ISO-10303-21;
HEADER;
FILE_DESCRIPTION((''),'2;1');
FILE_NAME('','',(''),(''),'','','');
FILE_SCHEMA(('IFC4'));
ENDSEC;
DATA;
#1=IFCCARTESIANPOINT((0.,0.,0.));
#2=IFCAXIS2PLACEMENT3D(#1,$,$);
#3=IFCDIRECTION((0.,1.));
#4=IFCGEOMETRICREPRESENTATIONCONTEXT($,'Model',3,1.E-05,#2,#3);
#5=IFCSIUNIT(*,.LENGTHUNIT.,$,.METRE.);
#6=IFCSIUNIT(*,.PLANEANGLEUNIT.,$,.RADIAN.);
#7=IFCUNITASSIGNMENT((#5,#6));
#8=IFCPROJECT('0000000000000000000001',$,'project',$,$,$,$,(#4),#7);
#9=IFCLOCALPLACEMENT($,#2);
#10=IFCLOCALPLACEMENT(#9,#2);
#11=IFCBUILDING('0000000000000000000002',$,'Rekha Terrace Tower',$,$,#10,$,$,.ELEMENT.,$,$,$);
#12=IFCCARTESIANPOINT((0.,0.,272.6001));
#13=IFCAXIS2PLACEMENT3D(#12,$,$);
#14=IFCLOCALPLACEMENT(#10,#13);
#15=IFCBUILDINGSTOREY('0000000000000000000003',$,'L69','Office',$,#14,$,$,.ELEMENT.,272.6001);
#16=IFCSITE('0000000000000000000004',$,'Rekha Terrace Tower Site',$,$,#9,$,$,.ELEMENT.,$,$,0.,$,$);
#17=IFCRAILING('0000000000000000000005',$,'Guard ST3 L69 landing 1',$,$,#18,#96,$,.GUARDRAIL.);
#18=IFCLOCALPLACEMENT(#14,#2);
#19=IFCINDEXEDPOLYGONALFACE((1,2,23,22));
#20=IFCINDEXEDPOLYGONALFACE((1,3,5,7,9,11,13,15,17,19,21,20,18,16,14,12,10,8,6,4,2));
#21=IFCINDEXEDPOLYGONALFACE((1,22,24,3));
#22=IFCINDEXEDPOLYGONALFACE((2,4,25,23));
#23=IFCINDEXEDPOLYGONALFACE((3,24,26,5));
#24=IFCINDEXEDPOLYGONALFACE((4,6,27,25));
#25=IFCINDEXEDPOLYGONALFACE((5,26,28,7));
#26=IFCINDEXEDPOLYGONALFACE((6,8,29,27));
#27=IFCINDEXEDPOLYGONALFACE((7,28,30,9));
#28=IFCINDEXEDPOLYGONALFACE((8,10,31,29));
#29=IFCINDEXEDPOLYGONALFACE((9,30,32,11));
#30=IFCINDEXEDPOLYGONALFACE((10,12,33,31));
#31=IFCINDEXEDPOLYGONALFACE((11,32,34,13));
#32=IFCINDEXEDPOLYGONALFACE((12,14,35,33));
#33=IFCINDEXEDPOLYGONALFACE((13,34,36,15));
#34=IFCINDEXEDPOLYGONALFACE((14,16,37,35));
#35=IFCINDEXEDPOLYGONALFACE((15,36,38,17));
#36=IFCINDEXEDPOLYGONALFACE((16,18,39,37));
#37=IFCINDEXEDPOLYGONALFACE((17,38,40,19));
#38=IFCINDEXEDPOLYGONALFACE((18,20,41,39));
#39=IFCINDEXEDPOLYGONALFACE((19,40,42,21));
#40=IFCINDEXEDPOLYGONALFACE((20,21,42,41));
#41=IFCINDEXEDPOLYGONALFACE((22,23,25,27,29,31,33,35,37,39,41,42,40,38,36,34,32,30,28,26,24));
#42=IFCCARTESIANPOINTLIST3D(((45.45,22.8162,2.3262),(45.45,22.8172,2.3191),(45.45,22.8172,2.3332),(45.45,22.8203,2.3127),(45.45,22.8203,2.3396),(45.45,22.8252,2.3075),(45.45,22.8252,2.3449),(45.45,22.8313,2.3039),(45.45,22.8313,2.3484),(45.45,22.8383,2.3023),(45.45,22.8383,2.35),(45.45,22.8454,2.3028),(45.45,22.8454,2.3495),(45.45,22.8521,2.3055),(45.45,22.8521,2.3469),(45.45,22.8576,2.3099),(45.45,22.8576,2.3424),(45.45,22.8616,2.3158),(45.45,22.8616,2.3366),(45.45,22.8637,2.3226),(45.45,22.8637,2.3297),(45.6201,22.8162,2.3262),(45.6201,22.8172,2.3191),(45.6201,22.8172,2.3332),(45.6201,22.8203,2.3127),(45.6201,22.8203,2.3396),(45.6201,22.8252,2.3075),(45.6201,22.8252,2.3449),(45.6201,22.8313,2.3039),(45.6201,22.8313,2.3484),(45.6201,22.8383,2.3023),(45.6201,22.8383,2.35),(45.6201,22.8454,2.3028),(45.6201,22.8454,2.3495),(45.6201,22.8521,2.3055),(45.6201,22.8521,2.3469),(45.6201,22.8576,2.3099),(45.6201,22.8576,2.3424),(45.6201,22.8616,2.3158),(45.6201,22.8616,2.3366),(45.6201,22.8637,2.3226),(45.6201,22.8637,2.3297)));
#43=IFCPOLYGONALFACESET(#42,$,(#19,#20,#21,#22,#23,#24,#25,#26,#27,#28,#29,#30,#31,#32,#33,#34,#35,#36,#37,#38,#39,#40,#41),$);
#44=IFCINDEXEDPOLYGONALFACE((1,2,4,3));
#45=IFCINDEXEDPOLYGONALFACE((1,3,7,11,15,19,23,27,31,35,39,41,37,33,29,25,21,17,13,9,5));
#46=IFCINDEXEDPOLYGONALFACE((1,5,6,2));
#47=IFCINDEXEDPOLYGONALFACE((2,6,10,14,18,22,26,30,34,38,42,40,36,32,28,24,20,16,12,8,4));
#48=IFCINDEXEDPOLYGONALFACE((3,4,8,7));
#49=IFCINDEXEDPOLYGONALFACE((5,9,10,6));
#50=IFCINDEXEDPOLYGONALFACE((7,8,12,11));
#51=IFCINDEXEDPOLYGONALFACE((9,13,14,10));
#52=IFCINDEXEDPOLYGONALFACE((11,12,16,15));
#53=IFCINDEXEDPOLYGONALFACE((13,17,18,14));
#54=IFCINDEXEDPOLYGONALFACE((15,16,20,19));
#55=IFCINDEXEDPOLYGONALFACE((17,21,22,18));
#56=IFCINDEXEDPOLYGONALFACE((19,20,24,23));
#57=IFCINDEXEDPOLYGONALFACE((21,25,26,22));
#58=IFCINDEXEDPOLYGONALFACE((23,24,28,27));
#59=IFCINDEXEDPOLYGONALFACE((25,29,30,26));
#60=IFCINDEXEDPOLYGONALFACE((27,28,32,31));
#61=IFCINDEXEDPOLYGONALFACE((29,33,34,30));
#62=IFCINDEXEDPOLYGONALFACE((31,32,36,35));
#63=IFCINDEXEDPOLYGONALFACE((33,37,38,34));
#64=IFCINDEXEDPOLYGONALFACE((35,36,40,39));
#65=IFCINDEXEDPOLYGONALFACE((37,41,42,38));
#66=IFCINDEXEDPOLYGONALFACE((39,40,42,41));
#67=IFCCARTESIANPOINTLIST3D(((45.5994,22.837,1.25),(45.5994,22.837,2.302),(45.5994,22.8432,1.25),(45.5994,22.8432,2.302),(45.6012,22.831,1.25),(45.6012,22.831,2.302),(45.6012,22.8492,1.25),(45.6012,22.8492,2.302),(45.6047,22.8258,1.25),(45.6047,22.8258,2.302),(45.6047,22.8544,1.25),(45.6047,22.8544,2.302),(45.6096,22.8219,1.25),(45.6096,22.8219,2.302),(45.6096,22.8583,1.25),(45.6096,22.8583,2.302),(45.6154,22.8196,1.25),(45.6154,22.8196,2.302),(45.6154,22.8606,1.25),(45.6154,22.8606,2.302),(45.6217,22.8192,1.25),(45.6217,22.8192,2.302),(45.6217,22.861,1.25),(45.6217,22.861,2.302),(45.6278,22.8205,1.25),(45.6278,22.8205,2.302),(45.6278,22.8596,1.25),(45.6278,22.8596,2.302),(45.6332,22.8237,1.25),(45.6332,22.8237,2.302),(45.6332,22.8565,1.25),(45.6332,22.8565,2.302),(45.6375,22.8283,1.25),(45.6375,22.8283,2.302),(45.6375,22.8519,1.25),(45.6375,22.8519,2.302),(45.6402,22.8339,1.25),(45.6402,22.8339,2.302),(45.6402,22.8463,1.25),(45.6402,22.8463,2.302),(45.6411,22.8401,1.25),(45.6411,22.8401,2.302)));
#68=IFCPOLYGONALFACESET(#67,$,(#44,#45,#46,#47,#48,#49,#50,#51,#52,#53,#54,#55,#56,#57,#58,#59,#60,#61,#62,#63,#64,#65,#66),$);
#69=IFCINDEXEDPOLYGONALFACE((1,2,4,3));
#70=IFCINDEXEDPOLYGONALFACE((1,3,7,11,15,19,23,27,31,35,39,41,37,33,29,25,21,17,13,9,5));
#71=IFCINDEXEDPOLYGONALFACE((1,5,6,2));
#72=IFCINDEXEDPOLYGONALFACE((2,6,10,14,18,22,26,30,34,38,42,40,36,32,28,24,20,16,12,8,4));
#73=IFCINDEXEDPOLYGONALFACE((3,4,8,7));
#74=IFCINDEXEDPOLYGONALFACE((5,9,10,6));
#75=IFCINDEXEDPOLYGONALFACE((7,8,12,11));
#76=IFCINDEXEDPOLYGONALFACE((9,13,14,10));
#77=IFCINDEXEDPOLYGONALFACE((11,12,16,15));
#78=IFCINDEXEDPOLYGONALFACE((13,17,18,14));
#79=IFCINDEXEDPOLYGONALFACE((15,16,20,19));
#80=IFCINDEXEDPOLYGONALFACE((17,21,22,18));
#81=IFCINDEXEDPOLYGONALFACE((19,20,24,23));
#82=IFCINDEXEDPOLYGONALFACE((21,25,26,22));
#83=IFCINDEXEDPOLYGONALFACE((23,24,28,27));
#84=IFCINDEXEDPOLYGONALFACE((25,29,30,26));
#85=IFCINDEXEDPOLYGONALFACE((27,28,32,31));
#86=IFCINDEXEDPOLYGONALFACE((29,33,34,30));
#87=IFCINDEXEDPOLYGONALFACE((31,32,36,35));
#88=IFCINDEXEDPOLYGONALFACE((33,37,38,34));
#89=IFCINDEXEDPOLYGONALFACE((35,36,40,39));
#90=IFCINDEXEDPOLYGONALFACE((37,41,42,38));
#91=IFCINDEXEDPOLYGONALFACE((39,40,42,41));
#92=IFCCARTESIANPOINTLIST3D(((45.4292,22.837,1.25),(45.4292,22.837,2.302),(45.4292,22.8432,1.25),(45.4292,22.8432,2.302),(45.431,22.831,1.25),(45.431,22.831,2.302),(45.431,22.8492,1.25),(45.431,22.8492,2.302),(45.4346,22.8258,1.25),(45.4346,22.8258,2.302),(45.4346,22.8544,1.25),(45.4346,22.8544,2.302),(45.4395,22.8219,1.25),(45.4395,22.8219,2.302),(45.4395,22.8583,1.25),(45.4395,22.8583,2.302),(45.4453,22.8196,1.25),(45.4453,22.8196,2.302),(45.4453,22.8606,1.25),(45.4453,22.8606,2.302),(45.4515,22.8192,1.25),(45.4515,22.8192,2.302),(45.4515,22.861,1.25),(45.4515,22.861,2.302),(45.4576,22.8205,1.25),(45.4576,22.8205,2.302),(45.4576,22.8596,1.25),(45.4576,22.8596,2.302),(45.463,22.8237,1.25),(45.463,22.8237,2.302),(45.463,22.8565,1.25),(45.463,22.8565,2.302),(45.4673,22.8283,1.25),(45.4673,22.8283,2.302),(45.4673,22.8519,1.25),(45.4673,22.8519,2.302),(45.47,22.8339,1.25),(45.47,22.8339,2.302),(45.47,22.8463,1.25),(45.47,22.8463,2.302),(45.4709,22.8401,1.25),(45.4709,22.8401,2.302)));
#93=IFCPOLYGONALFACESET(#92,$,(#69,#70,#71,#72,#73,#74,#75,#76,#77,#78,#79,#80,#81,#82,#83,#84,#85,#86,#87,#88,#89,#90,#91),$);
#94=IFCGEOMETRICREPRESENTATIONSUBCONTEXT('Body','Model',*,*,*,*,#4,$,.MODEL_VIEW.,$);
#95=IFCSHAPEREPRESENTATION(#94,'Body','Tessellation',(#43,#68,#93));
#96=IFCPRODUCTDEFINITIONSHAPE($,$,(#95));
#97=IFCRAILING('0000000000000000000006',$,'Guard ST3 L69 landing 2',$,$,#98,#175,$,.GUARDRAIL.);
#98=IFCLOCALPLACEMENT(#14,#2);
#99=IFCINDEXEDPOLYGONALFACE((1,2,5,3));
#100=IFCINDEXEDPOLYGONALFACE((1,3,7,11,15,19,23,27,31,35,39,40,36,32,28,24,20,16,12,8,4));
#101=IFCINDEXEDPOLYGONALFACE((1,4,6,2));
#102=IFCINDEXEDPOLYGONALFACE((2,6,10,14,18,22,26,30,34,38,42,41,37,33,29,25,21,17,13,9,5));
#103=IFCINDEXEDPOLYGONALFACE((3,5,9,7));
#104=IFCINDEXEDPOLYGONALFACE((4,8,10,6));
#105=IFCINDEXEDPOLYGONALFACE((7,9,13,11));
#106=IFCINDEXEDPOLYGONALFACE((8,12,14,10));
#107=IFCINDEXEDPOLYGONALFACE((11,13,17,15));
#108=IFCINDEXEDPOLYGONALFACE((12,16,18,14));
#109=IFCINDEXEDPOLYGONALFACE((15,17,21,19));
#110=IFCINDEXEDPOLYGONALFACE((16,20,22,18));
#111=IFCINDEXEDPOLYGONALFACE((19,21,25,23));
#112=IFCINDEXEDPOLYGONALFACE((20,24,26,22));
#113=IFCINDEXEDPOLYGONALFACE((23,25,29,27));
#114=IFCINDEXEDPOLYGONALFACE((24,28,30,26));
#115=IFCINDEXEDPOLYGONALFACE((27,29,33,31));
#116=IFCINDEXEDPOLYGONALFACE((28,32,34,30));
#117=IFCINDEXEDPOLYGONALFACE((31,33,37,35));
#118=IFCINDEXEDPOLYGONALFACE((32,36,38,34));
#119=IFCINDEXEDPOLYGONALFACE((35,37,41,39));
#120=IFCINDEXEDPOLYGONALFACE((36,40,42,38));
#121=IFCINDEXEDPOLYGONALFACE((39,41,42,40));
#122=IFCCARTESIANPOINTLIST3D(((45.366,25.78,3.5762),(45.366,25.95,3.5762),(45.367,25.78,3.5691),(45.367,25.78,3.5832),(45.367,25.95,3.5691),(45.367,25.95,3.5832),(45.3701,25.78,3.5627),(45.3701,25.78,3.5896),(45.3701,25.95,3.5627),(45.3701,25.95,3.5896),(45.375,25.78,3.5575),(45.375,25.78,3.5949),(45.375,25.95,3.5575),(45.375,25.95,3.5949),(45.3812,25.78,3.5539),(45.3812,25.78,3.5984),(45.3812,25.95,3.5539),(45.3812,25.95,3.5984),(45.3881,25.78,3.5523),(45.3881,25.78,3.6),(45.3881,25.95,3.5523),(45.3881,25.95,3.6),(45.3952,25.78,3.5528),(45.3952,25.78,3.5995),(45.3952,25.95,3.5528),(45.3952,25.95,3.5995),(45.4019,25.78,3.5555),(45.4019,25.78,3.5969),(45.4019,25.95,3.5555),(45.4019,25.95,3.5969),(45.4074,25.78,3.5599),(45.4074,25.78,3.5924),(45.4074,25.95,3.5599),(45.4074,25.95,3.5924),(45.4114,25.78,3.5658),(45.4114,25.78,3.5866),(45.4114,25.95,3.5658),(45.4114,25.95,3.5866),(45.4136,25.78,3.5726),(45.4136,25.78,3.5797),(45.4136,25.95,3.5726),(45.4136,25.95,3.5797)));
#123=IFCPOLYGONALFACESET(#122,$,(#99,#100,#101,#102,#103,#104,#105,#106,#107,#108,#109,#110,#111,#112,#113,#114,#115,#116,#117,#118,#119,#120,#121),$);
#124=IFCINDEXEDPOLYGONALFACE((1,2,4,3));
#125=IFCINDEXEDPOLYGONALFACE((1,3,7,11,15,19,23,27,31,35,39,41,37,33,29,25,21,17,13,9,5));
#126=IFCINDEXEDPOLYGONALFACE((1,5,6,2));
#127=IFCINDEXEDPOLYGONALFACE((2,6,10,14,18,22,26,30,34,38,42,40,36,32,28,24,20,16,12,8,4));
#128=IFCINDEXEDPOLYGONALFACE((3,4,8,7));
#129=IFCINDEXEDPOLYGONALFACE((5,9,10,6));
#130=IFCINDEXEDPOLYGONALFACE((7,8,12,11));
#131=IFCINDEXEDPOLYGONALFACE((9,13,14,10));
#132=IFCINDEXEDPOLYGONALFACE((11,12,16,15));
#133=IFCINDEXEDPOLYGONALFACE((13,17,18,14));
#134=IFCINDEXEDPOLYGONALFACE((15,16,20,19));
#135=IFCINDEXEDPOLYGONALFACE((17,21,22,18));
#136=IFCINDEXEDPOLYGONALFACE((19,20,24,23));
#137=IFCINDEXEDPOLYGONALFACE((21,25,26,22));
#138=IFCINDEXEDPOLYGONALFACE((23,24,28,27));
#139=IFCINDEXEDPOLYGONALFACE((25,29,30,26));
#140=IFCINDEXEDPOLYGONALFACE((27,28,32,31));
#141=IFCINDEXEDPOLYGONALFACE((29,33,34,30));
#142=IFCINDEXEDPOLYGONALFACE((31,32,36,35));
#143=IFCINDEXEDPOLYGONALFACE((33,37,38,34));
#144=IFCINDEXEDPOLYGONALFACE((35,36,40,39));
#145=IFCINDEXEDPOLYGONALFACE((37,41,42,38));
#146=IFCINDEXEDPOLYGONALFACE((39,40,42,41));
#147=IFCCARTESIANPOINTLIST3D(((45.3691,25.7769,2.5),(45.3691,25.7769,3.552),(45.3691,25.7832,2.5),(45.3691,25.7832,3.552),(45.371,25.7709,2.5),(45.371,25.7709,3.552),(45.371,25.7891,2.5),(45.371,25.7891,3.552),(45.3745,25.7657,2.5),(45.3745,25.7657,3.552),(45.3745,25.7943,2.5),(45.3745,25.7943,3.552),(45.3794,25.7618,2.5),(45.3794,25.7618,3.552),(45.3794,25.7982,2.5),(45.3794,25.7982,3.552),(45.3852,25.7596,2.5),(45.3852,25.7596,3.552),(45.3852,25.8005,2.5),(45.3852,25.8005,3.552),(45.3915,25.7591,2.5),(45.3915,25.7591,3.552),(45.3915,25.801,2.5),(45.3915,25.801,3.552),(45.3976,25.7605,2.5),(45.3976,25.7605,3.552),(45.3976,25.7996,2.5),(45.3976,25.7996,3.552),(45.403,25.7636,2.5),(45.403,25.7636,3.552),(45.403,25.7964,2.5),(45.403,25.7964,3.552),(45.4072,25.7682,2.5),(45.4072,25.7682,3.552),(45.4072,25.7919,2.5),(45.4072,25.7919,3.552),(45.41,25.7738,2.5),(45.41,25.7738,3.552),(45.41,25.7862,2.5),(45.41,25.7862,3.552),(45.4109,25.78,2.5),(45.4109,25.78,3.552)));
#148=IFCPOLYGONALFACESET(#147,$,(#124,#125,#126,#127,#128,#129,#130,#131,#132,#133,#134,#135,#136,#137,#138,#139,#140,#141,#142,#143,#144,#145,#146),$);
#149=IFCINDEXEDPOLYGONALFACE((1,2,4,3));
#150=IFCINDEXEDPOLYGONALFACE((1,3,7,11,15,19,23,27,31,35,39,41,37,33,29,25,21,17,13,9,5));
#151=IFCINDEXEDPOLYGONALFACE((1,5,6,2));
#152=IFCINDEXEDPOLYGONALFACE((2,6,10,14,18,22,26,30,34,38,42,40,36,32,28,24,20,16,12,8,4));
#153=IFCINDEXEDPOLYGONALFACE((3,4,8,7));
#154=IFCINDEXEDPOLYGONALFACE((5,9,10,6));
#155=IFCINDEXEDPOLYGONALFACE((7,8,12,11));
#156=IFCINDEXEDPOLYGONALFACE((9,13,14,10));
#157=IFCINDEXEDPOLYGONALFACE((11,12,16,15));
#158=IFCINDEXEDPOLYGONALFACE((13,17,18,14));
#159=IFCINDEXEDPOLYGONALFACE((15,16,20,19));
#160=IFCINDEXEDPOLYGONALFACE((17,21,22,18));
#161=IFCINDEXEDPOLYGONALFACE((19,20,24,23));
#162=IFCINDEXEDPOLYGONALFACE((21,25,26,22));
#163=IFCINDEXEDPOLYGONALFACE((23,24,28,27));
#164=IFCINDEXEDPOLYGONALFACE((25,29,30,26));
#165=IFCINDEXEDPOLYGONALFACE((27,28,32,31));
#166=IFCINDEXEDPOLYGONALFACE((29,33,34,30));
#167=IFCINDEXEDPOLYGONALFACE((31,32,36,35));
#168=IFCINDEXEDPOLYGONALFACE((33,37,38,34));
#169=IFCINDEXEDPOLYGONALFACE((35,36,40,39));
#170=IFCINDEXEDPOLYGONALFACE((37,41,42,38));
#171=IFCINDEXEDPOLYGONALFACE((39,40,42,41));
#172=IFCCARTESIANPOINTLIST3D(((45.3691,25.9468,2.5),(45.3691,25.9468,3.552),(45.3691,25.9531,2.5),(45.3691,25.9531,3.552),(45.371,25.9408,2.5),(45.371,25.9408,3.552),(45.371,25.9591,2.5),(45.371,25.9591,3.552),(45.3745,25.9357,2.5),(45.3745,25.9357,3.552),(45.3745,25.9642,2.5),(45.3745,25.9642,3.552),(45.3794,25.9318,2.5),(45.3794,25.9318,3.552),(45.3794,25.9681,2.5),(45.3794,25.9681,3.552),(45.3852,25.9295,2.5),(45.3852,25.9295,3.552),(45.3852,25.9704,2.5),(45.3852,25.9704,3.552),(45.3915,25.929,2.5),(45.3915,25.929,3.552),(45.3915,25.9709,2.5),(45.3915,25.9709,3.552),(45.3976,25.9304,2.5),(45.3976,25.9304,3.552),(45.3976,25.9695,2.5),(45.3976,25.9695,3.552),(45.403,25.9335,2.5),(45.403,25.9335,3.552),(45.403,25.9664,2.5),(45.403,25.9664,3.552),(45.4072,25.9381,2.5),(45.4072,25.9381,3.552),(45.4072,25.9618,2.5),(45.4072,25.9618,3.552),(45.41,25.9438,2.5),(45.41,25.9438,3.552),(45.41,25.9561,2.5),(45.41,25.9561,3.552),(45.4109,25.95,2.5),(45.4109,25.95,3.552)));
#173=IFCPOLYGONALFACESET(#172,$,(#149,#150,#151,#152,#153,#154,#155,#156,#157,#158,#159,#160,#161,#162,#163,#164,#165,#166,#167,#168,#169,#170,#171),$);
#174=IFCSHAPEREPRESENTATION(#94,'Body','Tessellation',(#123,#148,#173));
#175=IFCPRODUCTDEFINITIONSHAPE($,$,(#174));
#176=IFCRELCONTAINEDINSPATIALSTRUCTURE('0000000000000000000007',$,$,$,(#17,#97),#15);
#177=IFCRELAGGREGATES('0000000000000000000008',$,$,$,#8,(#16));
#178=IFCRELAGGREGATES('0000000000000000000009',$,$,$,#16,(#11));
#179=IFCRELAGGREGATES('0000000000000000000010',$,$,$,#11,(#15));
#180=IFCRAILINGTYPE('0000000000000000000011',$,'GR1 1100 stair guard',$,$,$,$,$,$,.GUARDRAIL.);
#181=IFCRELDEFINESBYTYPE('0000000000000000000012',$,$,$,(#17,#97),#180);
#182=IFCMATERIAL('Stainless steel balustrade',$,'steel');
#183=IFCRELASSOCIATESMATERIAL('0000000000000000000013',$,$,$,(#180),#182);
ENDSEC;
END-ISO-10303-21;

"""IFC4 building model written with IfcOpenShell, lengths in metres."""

from ifc_helpers import new_model, si_unit, direction, frame, origin, origin_2d, place, context, subcontext, project, spatial, circle, extrude, material, type_object, element, save


model = new_model("IFC4")

# Units and contexts
model_context = context("Model", 3, precision=1e-05, world=origin(), true_north=direction((0.0, 1.0)))
body_context = subcontext(model_context, "Body", "Model", "MODEL_VIEW")
ifc_project = project(units=[si_unit("LENGTHUNIT", "METRE"), si_unit("PLANEANGLEUNIT", "RADIAN")], contexts=[model_context])

# Site, building, storey
site_placement = place(None, origin())
site = spatial("IfcSite", under=ifc_project, at=site_placement, Name="Rekha Terrace Tower Site", CompositionType="ELEMENT", RefElevation=0.0)
building_placement = place(site_placement, origin())
building = spatial("IfcBuilding", under=site, at=building_placement, Name="Rekha Terrace Tower", CompositionType="ELEMENT")
storey_placement = place(building_placement, frame((0.0, 0.0, 272.6001)))
storey = spatial("IfcBuildingStorey", under=building, at=storey_placement, Name="L69", Description="Office", CompositionType="ELEMENT", Elevation=272.6001)

# Railings
ifc_material_1 = material(Name="Stainless steel balustrade", Category="steel")
railing_type_1 = type_object("IfcRailingType", Name="GR1 1100 stair guard", PredefinedType="GUARDRAIL", material=ifc_material_1)
railing_1_placement = place(storey_placement, frame((45.6201, 22.8401, 1.25)))
element("IfcRailing", 1, at=railing_1_placement, inside=storey, type_object=railing_type_1, Name="Guard ST3 L69 landing 1", PredefinedType="GUARDRAIL", context=body_context, shape_type="SweptSolid", body=[
    extrude(circle(Radius=0.0239, at=origin_2d()), frame((0.0, 0.0, 1.0762), z_axis=(-1.0, 0.0, 0.0), x_axis=(0.0, -1.0, 0.0)), (0.0, 0.0, 1.0), 0.1702),
    extrude(circle(Radius=0.021, at=origin_2d()), origin(), (0.0, 0.0, 1.0), 1.052),
    extrude(circle(Radius=0.021, at=origin_2d()), frame((-0.1702, 0.0, 0.0)), (0.0, 0.0, 1.0), 1.052),
])
railing_2_placement = place(storey_placement, frame((45.3899, 25.78, 2.5)))
element("IfcRailing", 2, at=railing_2_placement, inside=storey, type_object=railing_type_1, Name="Guard ST3 L69 landing 2", PredefinedType="GUARDRAIL", context=body_context, shape_type="SweptSolid", body=[
    extrude(circle(Radius=0.0239, at=origin_2d()), frame((0.0, 0.0, 1.0762), z_axis=(0.0, 1.0, 0.0), x_axis=(-1.0, 0.0, 0.0)), (0.0, 0.0, 1.0), 0.1699),
    extrude(circle(Radius=0.021, at=origin_2d()), origin(), (0.0, 0.0, 1.0), 1.052),
    extrude(circle(Radius=0.021, at=origin_2d()), frame((0.0, 0.1699, 0.0)), (0.0, 0.0, 1.0), 1.052),
])

save(model, "model.ifc")
